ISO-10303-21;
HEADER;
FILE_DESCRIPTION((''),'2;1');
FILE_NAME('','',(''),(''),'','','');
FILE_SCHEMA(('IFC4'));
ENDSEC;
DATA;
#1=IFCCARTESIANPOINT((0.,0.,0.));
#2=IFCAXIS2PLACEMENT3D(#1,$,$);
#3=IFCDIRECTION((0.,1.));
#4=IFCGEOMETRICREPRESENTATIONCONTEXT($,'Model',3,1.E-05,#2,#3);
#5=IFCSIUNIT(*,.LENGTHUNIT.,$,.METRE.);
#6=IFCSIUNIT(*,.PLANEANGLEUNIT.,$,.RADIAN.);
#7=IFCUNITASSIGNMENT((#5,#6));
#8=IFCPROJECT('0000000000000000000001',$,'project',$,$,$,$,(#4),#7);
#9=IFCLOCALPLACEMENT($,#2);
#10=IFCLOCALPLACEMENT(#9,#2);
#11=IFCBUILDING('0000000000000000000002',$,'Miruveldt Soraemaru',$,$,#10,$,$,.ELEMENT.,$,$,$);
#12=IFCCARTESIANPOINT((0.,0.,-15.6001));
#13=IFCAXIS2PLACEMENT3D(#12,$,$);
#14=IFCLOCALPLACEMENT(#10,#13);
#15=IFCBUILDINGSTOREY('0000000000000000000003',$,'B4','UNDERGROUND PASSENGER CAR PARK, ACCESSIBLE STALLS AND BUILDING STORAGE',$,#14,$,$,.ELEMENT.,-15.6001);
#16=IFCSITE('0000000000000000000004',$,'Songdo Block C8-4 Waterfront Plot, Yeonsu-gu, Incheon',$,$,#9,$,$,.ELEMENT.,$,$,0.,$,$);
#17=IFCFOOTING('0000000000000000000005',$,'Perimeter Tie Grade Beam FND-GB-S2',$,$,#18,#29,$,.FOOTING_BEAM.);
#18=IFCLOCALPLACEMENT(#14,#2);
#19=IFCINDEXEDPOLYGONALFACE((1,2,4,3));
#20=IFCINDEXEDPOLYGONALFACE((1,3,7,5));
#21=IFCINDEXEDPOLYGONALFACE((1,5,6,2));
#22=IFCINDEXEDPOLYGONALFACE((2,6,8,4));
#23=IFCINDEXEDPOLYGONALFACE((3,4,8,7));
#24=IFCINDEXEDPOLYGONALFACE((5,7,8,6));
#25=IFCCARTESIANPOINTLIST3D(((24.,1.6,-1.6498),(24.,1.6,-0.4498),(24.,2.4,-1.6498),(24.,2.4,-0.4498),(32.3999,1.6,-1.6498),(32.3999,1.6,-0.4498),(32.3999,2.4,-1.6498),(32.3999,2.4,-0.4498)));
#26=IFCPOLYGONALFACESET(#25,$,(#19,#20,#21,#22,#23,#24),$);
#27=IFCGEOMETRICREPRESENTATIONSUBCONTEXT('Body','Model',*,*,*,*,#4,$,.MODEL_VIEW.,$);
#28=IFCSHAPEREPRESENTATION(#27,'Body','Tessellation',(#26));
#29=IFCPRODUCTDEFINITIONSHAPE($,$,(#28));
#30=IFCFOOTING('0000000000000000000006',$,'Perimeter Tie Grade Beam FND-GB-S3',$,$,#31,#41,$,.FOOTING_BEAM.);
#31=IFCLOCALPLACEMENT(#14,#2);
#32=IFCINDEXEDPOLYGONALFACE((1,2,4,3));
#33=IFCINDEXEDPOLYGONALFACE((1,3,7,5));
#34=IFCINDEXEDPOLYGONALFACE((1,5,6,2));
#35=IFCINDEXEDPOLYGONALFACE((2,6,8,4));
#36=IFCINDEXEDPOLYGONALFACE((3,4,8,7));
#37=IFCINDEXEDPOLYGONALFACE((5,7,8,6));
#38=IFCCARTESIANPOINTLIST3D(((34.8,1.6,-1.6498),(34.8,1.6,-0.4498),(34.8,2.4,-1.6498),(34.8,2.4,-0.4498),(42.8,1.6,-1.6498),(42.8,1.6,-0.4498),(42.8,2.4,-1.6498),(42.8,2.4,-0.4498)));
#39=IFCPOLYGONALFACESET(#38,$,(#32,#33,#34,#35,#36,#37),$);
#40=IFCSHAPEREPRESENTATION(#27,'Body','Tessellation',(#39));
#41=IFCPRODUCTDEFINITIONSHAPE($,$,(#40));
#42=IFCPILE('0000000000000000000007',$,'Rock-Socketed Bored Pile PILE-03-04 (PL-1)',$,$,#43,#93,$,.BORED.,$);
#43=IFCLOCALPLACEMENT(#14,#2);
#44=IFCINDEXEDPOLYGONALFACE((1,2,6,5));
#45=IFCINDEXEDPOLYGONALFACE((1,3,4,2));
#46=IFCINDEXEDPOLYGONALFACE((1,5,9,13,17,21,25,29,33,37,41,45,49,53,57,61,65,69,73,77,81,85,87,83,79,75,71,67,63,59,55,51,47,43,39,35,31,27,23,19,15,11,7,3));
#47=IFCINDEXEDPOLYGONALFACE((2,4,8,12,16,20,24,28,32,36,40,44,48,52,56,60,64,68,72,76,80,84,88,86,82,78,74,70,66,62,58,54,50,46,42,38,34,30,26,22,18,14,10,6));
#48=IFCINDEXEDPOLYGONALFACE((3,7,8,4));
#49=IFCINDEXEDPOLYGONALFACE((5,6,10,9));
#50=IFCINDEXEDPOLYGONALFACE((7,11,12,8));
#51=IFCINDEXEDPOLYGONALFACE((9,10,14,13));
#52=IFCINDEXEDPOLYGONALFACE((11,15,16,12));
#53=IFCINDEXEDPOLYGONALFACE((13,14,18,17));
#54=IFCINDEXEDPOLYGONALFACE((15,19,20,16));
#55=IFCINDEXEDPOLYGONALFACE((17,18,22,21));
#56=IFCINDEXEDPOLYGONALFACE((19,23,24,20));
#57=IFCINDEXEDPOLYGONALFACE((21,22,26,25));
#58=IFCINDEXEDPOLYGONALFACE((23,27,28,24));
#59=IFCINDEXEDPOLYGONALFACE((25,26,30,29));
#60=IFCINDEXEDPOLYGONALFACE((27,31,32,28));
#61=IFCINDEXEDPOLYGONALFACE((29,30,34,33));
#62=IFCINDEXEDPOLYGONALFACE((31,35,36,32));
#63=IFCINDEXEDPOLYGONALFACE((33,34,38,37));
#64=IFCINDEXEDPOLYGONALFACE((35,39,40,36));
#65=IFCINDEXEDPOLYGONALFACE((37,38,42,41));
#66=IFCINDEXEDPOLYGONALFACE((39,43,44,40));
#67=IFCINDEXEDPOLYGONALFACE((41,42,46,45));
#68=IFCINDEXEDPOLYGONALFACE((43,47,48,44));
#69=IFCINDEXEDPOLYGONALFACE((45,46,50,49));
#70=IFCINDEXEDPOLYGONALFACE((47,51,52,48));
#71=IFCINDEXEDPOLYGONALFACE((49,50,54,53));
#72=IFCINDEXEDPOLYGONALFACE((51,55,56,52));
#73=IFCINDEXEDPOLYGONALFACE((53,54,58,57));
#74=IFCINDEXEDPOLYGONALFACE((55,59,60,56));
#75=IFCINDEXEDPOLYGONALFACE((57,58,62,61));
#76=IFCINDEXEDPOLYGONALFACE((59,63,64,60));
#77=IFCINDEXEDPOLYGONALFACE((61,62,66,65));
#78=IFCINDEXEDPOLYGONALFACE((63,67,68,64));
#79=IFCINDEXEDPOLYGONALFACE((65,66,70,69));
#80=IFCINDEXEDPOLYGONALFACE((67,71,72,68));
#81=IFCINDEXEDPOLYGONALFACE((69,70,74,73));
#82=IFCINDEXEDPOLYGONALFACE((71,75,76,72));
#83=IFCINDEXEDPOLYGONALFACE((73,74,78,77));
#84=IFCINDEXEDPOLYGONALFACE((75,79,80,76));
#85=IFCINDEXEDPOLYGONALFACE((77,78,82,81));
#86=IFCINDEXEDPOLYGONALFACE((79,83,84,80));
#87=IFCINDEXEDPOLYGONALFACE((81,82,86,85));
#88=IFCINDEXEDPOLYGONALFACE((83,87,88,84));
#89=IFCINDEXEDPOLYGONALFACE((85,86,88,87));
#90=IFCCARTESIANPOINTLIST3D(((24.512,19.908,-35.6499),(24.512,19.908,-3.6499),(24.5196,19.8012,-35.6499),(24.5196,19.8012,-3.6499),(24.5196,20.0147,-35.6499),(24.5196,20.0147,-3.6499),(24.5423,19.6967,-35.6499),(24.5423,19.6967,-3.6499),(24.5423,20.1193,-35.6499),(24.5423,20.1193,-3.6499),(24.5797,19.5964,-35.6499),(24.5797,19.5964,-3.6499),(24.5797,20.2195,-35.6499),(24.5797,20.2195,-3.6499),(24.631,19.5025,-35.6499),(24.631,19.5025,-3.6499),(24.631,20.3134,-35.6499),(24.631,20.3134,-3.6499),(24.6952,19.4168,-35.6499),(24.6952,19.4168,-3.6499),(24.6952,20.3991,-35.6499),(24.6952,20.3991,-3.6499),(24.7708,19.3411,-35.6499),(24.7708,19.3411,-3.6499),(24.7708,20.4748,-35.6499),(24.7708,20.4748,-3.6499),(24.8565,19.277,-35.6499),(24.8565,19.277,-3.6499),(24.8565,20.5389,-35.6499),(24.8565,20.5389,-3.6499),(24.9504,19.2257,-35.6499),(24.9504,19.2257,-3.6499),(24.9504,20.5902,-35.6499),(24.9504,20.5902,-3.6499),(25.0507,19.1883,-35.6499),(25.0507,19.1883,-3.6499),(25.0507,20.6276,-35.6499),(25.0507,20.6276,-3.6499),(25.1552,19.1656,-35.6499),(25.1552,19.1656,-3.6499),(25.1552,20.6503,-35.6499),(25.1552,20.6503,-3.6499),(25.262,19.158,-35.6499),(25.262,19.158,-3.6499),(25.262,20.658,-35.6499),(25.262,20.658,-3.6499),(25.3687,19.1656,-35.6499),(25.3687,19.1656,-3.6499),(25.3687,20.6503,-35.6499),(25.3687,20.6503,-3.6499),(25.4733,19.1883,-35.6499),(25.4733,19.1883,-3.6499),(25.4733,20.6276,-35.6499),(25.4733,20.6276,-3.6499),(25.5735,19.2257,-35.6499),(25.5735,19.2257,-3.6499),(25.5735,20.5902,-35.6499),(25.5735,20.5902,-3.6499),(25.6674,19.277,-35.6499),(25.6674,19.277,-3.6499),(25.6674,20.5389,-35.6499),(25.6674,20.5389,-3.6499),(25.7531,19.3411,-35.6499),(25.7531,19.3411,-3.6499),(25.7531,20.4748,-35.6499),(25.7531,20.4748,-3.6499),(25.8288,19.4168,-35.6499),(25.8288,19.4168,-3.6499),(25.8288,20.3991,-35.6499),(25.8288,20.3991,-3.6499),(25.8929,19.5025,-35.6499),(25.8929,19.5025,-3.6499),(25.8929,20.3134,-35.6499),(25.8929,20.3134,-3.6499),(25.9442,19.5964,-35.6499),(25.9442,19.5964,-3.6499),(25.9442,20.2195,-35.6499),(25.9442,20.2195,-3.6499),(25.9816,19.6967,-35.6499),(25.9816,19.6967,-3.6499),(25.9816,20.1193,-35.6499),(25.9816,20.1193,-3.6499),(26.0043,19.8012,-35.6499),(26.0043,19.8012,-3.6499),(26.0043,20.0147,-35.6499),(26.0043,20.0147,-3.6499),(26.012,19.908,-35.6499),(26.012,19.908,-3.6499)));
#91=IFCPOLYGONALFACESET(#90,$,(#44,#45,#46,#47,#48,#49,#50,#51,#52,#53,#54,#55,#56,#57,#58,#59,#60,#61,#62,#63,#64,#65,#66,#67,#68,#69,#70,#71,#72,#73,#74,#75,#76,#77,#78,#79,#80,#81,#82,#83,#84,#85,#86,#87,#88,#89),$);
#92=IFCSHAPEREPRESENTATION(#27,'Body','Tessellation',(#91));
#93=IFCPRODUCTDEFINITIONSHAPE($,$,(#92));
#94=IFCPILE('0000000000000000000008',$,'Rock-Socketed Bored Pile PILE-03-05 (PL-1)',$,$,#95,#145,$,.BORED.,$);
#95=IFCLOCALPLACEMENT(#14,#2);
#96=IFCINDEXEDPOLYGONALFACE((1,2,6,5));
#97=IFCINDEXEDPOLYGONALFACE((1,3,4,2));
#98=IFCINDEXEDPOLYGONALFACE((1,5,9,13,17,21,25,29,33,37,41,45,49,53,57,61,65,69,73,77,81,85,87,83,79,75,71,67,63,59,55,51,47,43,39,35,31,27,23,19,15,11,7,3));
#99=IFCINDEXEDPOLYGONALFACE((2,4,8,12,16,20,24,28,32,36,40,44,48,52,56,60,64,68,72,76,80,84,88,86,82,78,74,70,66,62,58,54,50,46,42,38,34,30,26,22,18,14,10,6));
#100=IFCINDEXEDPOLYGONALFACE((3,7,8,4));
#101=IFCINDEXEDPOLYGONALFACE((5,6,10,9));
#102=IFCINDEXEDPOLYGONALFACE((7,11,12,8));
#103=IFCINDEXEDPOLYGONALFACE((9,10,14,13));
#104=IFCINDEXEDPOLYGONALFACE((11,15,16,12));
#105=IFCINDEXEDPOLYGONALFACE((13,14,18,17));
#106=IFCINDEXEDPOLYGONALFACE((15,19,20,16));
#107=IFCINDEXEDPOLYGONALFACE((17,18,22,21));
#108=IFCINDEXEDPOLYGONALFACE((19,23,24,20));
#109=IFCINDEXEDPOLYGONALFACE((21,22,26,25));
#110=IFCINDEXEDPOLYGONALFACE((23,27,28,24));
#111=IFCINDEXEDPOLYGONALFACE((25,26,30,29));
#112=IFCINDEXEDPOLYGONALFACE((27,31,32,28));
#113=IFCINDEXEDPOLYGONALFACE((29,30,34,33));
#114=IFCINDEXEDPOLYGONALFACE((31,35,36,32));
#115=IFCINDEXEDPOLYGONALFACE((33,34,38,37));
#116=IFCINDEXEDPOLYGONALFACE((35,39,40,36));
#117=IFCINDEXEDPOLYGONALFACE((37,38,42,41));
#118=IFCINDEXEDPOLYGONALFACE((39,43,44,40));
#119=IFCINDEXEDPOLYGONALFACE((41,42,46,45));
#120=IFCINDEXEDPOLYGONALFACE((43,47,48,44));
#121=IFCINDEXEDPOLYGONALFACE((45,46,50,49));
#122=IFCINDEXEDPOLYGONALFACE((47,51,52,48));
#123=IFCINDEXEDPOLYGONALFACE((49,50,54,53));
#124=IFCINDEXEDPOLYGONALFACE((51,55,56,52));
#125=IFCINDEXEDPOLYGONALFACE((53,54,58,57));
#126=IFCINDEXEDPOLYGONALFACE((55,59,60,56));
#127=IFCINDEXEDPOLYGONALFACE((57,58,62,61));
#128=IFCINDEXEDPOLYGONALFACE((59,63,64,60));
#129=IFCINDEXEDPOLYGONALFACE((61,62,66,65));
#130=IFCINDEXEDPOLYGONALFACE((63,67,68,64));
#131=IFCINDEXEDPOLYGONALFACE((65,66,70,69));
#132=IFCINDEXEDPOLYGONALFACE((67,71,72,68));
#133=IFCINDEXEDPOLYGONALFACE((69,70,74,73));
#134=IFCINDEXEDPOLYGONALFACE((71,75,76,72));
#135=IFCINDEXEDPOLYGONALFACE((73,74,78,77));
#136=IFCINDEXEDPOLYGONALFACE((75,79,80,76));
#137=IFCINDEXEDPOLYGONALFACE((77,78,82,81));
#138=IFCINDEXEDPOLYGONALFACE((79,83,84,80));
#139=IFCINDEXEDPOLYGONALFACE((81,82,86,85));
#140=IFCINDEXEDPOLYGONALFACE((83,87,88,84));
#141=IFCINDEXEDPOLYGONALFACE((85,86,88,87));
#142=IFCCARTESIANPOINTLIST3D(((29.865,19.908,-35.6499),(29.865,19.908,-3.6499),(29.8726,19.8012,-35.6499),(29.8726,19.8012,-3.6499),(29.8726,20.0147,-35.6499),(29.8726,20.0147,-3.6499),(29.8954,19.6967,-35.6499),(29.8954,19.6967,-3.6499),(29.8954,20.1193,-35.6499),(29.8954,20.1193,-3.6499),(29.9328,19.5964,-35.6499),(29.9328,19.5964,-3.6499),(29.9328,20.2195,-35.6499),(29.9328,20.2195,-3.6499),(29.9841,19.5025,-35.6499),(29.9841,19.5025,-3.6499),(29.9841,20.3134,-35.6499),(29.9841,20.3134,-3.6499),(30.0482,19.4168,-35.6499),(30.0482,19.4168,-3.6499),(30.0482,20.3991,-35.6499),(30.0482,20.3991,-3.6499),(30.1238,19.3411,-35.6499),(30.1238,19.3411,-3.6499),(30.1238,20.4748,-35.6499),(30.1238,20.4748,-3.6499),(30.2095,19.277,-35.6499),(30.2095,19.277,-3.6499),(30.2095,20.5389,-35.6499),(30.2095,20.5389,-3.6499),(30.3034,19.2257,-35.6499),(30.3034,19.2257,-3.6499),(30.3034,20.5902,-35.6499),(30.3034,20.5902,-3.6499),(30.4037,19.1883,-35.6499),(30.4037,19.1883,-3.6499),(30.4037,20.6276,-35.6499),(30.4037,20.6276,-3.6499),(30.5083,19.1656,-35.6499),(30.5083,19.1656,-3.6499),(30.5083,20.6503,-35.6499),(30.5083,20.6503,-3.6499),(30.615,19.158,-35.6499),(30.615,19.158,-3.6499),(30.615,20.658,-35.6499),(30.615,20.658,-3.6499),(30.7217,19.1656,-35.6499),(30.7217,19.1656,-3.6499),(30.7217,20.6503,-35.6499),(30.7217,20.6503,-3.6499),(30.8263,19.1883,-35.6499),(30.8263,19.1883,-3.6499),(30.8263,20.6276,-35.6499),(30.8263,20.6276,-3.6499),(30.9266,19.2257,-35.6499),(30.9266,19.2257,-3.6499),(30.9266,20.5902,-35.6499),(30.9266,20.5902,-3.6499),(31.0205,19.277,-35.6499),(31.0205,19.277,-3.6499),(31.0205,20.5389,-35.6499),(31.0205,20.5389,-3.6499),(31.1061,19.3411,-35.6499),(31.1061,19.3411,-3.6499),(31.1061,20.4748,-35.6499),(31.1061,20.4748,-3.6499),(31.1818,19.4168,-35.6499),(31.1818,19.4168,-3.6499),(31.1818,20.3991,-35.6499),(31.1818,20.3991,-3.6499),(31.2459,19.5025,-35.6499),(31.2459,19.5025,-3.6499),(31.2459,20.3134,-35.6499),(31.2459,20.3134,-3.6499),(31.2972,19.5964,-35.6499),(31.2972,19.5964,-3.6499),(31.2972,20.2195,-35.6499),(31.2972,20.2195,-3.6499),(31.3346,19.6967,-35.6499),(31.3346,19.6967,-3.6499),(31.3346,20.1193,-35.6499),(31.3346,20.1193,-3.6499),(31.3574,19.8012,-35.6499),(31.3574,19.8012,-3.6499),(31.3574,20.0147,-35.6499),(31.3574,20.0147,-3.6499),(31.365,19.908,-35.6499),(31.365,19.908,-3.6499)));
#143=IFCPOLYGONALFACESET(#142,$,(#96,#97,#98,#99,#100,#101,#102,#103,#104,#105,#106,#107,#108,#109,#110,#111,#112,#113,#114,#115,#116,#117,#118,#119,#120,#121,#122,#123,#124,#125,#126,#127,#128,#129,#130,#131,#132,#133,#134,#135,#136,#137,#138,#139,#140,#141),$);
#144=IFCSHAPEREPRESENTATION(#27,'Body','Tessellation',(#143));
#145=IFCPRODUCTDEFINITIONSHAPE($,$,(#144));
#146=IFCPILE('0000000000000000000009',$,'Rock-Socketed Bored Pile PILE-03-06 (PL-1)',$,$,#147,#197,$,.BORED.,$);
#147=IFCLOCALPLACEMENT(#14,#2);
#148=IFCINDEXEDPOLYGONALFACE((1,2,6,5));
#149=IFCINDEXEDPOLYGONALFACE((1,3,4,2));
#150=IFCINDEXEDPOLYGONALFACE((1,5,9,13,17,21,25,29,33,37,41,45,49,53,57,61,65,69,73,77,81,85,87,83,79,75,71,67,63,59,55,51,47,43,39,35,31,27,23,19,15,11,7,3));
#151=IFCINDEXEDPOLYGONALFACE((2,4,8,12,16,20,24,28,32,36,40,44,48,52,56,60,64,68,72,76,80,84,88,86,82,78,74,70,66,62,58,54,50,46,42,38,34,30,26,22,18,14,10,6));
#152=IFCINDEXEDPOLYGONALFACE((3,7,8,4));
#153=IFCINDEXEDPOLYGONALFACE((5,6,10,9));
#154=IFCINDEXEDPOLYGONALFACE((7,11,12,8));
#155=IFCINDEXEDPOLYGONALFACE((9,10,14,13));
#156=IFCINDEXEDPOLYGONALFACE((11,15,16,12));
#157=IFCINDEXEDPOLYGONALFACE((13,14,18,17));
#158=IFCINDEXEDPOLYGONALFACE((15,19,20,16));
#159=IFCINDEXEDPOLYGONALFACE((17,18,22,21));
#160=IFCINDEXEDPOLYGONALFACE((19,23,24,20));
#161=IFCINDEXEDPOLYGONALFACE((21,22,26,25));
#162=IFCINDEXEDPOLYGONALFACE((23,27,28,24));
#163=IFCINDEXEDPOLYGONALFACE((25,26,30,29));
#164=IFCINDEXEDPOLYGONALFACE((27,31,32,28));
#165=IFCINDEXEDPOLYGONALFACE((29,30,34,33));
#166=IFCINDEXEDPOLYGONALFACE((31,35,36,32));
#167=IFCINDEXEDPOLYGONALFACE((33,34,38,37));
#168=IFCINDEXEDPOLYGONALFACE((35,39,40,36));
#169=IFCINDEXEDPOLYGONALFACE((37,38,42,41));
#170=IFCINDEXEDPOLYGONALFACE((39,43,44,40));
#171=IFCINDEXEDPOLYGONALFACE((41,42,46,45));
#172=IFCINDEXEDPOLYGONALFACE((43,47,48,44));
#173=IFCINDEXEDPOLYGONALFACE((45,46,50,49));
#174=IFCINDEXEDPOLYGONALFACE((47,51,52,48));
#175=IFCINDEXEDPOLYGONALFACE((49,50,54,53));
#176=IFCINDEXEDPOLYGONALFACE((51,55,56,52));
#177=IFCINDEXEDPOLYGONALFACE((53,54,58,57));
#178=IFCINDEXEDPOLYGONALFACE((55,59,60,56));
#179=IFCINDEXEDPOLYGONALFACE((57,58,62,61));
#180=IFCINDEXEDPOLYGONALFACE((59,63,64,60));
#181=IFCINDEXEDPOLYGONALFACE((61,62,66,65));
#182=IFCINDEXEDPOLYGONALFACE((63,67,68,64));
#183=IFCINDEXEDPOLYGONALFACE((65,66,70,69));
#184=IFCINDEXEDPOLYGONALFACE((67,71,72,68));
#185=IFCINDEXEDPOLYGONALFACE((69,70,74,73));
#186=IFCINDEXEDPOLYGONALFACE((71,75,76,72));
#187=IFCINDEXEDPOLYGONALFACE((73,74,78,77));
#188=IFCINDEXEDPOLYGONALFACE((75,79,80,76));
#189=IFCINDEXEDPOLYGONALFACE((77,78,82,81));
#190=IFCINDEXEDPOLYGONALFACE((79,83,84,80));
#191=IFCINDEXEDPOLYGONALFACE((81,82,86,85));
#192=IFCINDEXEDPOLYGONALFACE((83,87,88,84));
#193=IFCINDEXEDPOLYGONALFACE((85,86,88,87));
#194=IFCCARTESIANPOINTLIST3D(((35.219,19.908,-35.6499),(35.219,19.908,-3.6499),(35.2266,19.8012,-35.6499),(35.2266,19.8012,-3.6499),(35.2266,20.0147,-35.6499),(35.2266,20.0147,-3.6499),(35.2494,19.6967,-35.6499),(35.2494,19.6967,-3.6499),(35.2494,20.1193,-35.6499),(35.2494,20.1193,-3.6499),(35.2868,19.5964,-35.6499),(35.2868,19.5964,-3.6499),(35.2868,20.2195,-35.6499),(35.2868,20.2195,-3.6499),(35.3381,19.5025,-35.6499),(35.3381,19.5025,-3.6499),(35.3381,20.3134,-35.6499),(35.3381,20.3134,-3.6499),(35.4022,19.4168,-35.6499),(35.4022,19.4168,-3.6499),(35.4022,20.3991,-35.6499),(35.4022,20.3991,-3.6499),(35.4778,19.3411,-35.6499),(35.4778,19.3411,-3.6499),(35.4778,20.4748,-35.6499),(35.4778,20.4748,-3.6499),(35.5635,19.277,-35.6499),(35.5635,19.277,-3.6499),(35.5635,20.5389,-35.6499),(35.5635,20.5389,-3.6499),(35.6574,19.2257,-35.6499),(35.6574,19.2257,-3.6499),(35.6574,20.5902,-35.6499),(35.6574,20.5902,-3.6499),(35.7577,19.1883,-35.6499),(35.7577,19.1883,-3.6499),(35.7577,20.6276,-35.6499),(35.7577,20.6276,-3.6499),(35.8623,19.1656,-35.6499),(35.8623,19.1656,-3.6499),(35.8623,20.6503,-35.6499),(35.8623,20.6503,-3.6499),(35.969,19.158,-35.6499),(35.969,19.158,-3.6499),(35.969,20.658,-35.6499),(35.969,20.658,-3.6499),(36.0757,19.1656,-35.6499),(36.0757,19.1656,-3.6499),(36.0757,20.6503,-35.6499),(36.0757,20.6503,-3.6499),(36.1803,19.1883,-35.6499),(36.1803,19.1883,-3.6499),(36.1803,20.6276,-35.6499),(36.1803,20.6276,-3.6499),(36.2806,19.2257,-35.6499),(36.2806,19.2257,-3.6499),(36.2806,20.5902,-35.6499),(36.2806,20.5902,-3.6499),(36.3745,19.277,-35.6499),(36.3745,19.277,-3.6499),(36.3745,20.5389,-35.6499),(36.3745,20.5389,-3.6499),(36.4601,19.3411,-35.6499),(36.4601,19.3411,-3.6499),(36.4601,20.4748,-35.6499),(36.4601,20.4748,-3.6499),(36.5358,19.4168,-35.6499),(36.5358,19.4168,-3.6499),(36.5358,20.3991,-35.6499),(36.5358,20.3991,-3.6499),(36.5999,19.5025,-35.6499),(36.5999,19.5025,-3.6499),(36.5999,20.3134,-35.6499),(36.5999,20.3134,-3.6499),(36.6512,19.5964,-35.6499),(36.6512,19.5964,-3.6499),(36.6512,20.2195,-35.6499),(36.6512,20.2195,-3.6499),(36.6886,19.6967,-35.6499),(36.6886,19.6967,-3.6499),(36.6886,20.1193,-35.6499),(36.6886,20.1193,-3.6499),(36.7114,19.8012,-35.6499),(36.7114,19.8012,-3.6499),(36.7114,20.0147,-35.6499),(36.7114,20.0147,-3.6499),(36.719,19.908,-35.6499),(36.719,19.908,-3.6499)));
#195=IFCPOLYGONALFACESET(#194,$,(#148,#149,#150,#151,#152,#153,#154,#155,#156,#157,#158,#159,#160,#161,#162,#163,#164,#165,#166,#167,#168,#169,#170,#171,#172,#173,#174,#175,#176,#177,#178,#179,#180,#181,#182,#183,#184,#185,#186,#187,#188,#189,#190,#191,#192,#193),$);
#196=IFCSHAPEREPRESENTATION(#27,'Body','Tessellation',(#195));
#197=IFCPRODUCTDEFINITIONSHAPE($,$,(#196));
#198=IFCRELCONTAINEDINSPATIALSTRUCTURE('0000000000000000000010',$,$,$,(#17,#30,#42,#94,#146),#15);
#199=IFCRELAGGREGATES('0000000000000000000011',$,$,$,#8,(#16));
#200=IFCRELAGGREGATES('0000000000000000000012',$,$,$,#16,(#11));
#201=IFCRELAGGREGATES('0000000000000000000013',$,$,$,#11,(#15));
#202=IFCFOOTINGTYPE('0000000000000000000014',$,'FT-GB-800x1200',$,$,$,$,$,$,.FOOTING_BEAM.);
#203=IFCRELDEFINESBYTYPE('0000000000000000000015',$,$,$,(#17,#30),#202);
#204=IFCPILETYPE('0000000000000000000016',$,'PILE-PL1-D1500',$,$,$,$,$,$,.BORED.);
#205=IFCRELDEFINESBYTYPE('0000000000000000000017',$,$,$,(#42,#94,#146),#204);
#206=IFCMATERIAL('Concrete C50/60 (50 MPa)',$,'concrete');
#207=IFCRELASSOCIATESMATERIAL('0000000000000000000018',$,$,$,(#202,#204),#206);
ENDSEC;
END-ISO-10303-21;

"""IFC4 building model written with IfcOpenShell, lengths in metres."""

from ifc_helpers import new_model, si_unit, direction, frame, origin, origin_2d, place, context, subcontext, project, spatial, rectangle, circle, extrude, material, material_profile, profile_set, type_object, element, save


model = new_model("IFC4")

# Units and contexts
model_context = context("Model", 3, precision=1e-05, world=origin(), true_north=direction((0.0, 1.0)))
body_context = subcontext(model_context, "Body", "Model", "MODEL_VIEW")
ifc_project = project(units=[si_unit("LENGTHUNIT", "METRE"), si_unit("PLANEANGLEUNIT", "RADIAN")], contexts=[model_context])

# Site, building, storey
site_placement = place(None, origin())
site = spatial("IfcSite", under=ifc_project, at=site_placement, Name="Songdo Block C8-4 Waterfront Plot, Yeonsu-gu, Incheon", CompositionType="ELEMENT", RefElevation=0.0)
building_placement = place(site_placement, origin())
building = spatial("IfcBuilding", under=site, at=building_placement, Name="Miruveldt Soraemaru", CompositionType="ELEMENT")
storey_placement = place(building_placement, frame((0.0, 0.0, -15.6001)))
storey = spatial("IfcBuildingStorey", under=building, at=storey_placement, Name="B4", Description="UNDERGROUND PASSENGER CAR PARK, ACCESSIBLE STALLS AND BUILDING STORAGE", CompositionType="ELEMENT", Elevation=-15.6001)

# Footings
ifc_material_1 = material(Name="Concrete C50/60 (50 MPa)", Category="concrete")
ifc_material_profile_1 = material_profile(ifc_material_1, rectangle(XDim=0.8, YDim=1.2, at=origin_2d()), Name="Concrete C50/60 (50 MPa)", Category="concrete")
ifc_profile_set_1 = profile_set([ifc_material_profile_1], Name="Concrete C50/60 (50 MPa)")
footing_type = type_object("IfcFootingType", Name="FT-GB-800x1200", PredefinedType="FOOTING_BEAM", material=ifc_profile_set_1)
footing_1_placement = place(storey_placement, frame((24.0, 2.0, -1.0498), z_axis=(1.0, 0.0, 0.0), x_axis=(0.0, 1.0, 0.0)))
element("IfcFooting", 1, at=footing_1_placement, inside=storey, type_object=footing_type, Name="Perimeter Tie Grade Beam FND-GB-S2", PredefinedType="FOOTING_BEAM", context=body_context, shape_type="SweptSolid", body=[
    extrude(rectangle(XDim=0.8, YDim=1.2, at=origin_2d()), origin(), (0.0, 0.0, 1.0), 8.3999),
])
footing_2_placement = place(storey_placement, frame((34.8, 2.0, -1.0498), z_axis=(1.0, 0.0, 0.0), x_axis=(0.0, 1.0, 0.0)))
element("IfcFooting", 2, at=footing_2_placement, inside=storey, type_object=footing_type, Name="Perimeter Tie Grade Beam FND-GB-S3", PredefinedType="FOOTING_BEAM", context=body_context, shape_type="SweptSolid", body=[
    extrude(rectangle(XDim=0.8, YDim=1.2, at=origin_2d()), origin(), (0.0, 0.0, 1.0), 8.0),
])

# Piles
ifc_material_profile_2 = material_profile(ifc_material_1, circle(Radius=0.75, at=origin_2d()), Name="Concrete C50/60 (50 MPa)", Category="concrete")
ifc_profile_set_2 = profile_set([ifc_material_profile_2], Name="Concrete C50/60 (50 MPa)")
pile_type_1 = type_object("IfcPileType", Name="PILE-PL1-D1500", PredefinedType="BORED", material=ifc_profile_set_2)
for number, where, z_axis, x_axis, name in (
    (3, (25.262, 19.908, -3.6499), (0.0, 0.0, -1.0), (1.0, 0.0, 0.0), "Rock-Socketed Bored Pile PILE-03-04 (PL-1)"),
    (4, (30.615, 19.908, -3.6499), (0.0, 0.0, -1.0), (1.0, 0.0, 0.0), "Rock-Socketed Bored Pile PILE-03-05 (PL-1)"),
    (5, (35.969, 19.908, -3.6499), (0.0, 0.0, -1.0), (1.0, 0.0, 0.0), "Rock-Socketed Bored Pile PILE-03-06 (PL-1)"),
):
    element("IfcPile", number, at=place(storey_placement, frame(where, z_axis=z_axis, x_axis=x_axis)), inside=storey, type_object=pile_type_1, Name=name, PredefinedType="BORED", context=body_context, shape_type="SweptSolid", body=[
        extrude(circle(Radius=0.75, at=origin_2d()), origin(), (0.0, 0.0, 1.0), 32.0),
    ])

save(model, "model.ifc")
